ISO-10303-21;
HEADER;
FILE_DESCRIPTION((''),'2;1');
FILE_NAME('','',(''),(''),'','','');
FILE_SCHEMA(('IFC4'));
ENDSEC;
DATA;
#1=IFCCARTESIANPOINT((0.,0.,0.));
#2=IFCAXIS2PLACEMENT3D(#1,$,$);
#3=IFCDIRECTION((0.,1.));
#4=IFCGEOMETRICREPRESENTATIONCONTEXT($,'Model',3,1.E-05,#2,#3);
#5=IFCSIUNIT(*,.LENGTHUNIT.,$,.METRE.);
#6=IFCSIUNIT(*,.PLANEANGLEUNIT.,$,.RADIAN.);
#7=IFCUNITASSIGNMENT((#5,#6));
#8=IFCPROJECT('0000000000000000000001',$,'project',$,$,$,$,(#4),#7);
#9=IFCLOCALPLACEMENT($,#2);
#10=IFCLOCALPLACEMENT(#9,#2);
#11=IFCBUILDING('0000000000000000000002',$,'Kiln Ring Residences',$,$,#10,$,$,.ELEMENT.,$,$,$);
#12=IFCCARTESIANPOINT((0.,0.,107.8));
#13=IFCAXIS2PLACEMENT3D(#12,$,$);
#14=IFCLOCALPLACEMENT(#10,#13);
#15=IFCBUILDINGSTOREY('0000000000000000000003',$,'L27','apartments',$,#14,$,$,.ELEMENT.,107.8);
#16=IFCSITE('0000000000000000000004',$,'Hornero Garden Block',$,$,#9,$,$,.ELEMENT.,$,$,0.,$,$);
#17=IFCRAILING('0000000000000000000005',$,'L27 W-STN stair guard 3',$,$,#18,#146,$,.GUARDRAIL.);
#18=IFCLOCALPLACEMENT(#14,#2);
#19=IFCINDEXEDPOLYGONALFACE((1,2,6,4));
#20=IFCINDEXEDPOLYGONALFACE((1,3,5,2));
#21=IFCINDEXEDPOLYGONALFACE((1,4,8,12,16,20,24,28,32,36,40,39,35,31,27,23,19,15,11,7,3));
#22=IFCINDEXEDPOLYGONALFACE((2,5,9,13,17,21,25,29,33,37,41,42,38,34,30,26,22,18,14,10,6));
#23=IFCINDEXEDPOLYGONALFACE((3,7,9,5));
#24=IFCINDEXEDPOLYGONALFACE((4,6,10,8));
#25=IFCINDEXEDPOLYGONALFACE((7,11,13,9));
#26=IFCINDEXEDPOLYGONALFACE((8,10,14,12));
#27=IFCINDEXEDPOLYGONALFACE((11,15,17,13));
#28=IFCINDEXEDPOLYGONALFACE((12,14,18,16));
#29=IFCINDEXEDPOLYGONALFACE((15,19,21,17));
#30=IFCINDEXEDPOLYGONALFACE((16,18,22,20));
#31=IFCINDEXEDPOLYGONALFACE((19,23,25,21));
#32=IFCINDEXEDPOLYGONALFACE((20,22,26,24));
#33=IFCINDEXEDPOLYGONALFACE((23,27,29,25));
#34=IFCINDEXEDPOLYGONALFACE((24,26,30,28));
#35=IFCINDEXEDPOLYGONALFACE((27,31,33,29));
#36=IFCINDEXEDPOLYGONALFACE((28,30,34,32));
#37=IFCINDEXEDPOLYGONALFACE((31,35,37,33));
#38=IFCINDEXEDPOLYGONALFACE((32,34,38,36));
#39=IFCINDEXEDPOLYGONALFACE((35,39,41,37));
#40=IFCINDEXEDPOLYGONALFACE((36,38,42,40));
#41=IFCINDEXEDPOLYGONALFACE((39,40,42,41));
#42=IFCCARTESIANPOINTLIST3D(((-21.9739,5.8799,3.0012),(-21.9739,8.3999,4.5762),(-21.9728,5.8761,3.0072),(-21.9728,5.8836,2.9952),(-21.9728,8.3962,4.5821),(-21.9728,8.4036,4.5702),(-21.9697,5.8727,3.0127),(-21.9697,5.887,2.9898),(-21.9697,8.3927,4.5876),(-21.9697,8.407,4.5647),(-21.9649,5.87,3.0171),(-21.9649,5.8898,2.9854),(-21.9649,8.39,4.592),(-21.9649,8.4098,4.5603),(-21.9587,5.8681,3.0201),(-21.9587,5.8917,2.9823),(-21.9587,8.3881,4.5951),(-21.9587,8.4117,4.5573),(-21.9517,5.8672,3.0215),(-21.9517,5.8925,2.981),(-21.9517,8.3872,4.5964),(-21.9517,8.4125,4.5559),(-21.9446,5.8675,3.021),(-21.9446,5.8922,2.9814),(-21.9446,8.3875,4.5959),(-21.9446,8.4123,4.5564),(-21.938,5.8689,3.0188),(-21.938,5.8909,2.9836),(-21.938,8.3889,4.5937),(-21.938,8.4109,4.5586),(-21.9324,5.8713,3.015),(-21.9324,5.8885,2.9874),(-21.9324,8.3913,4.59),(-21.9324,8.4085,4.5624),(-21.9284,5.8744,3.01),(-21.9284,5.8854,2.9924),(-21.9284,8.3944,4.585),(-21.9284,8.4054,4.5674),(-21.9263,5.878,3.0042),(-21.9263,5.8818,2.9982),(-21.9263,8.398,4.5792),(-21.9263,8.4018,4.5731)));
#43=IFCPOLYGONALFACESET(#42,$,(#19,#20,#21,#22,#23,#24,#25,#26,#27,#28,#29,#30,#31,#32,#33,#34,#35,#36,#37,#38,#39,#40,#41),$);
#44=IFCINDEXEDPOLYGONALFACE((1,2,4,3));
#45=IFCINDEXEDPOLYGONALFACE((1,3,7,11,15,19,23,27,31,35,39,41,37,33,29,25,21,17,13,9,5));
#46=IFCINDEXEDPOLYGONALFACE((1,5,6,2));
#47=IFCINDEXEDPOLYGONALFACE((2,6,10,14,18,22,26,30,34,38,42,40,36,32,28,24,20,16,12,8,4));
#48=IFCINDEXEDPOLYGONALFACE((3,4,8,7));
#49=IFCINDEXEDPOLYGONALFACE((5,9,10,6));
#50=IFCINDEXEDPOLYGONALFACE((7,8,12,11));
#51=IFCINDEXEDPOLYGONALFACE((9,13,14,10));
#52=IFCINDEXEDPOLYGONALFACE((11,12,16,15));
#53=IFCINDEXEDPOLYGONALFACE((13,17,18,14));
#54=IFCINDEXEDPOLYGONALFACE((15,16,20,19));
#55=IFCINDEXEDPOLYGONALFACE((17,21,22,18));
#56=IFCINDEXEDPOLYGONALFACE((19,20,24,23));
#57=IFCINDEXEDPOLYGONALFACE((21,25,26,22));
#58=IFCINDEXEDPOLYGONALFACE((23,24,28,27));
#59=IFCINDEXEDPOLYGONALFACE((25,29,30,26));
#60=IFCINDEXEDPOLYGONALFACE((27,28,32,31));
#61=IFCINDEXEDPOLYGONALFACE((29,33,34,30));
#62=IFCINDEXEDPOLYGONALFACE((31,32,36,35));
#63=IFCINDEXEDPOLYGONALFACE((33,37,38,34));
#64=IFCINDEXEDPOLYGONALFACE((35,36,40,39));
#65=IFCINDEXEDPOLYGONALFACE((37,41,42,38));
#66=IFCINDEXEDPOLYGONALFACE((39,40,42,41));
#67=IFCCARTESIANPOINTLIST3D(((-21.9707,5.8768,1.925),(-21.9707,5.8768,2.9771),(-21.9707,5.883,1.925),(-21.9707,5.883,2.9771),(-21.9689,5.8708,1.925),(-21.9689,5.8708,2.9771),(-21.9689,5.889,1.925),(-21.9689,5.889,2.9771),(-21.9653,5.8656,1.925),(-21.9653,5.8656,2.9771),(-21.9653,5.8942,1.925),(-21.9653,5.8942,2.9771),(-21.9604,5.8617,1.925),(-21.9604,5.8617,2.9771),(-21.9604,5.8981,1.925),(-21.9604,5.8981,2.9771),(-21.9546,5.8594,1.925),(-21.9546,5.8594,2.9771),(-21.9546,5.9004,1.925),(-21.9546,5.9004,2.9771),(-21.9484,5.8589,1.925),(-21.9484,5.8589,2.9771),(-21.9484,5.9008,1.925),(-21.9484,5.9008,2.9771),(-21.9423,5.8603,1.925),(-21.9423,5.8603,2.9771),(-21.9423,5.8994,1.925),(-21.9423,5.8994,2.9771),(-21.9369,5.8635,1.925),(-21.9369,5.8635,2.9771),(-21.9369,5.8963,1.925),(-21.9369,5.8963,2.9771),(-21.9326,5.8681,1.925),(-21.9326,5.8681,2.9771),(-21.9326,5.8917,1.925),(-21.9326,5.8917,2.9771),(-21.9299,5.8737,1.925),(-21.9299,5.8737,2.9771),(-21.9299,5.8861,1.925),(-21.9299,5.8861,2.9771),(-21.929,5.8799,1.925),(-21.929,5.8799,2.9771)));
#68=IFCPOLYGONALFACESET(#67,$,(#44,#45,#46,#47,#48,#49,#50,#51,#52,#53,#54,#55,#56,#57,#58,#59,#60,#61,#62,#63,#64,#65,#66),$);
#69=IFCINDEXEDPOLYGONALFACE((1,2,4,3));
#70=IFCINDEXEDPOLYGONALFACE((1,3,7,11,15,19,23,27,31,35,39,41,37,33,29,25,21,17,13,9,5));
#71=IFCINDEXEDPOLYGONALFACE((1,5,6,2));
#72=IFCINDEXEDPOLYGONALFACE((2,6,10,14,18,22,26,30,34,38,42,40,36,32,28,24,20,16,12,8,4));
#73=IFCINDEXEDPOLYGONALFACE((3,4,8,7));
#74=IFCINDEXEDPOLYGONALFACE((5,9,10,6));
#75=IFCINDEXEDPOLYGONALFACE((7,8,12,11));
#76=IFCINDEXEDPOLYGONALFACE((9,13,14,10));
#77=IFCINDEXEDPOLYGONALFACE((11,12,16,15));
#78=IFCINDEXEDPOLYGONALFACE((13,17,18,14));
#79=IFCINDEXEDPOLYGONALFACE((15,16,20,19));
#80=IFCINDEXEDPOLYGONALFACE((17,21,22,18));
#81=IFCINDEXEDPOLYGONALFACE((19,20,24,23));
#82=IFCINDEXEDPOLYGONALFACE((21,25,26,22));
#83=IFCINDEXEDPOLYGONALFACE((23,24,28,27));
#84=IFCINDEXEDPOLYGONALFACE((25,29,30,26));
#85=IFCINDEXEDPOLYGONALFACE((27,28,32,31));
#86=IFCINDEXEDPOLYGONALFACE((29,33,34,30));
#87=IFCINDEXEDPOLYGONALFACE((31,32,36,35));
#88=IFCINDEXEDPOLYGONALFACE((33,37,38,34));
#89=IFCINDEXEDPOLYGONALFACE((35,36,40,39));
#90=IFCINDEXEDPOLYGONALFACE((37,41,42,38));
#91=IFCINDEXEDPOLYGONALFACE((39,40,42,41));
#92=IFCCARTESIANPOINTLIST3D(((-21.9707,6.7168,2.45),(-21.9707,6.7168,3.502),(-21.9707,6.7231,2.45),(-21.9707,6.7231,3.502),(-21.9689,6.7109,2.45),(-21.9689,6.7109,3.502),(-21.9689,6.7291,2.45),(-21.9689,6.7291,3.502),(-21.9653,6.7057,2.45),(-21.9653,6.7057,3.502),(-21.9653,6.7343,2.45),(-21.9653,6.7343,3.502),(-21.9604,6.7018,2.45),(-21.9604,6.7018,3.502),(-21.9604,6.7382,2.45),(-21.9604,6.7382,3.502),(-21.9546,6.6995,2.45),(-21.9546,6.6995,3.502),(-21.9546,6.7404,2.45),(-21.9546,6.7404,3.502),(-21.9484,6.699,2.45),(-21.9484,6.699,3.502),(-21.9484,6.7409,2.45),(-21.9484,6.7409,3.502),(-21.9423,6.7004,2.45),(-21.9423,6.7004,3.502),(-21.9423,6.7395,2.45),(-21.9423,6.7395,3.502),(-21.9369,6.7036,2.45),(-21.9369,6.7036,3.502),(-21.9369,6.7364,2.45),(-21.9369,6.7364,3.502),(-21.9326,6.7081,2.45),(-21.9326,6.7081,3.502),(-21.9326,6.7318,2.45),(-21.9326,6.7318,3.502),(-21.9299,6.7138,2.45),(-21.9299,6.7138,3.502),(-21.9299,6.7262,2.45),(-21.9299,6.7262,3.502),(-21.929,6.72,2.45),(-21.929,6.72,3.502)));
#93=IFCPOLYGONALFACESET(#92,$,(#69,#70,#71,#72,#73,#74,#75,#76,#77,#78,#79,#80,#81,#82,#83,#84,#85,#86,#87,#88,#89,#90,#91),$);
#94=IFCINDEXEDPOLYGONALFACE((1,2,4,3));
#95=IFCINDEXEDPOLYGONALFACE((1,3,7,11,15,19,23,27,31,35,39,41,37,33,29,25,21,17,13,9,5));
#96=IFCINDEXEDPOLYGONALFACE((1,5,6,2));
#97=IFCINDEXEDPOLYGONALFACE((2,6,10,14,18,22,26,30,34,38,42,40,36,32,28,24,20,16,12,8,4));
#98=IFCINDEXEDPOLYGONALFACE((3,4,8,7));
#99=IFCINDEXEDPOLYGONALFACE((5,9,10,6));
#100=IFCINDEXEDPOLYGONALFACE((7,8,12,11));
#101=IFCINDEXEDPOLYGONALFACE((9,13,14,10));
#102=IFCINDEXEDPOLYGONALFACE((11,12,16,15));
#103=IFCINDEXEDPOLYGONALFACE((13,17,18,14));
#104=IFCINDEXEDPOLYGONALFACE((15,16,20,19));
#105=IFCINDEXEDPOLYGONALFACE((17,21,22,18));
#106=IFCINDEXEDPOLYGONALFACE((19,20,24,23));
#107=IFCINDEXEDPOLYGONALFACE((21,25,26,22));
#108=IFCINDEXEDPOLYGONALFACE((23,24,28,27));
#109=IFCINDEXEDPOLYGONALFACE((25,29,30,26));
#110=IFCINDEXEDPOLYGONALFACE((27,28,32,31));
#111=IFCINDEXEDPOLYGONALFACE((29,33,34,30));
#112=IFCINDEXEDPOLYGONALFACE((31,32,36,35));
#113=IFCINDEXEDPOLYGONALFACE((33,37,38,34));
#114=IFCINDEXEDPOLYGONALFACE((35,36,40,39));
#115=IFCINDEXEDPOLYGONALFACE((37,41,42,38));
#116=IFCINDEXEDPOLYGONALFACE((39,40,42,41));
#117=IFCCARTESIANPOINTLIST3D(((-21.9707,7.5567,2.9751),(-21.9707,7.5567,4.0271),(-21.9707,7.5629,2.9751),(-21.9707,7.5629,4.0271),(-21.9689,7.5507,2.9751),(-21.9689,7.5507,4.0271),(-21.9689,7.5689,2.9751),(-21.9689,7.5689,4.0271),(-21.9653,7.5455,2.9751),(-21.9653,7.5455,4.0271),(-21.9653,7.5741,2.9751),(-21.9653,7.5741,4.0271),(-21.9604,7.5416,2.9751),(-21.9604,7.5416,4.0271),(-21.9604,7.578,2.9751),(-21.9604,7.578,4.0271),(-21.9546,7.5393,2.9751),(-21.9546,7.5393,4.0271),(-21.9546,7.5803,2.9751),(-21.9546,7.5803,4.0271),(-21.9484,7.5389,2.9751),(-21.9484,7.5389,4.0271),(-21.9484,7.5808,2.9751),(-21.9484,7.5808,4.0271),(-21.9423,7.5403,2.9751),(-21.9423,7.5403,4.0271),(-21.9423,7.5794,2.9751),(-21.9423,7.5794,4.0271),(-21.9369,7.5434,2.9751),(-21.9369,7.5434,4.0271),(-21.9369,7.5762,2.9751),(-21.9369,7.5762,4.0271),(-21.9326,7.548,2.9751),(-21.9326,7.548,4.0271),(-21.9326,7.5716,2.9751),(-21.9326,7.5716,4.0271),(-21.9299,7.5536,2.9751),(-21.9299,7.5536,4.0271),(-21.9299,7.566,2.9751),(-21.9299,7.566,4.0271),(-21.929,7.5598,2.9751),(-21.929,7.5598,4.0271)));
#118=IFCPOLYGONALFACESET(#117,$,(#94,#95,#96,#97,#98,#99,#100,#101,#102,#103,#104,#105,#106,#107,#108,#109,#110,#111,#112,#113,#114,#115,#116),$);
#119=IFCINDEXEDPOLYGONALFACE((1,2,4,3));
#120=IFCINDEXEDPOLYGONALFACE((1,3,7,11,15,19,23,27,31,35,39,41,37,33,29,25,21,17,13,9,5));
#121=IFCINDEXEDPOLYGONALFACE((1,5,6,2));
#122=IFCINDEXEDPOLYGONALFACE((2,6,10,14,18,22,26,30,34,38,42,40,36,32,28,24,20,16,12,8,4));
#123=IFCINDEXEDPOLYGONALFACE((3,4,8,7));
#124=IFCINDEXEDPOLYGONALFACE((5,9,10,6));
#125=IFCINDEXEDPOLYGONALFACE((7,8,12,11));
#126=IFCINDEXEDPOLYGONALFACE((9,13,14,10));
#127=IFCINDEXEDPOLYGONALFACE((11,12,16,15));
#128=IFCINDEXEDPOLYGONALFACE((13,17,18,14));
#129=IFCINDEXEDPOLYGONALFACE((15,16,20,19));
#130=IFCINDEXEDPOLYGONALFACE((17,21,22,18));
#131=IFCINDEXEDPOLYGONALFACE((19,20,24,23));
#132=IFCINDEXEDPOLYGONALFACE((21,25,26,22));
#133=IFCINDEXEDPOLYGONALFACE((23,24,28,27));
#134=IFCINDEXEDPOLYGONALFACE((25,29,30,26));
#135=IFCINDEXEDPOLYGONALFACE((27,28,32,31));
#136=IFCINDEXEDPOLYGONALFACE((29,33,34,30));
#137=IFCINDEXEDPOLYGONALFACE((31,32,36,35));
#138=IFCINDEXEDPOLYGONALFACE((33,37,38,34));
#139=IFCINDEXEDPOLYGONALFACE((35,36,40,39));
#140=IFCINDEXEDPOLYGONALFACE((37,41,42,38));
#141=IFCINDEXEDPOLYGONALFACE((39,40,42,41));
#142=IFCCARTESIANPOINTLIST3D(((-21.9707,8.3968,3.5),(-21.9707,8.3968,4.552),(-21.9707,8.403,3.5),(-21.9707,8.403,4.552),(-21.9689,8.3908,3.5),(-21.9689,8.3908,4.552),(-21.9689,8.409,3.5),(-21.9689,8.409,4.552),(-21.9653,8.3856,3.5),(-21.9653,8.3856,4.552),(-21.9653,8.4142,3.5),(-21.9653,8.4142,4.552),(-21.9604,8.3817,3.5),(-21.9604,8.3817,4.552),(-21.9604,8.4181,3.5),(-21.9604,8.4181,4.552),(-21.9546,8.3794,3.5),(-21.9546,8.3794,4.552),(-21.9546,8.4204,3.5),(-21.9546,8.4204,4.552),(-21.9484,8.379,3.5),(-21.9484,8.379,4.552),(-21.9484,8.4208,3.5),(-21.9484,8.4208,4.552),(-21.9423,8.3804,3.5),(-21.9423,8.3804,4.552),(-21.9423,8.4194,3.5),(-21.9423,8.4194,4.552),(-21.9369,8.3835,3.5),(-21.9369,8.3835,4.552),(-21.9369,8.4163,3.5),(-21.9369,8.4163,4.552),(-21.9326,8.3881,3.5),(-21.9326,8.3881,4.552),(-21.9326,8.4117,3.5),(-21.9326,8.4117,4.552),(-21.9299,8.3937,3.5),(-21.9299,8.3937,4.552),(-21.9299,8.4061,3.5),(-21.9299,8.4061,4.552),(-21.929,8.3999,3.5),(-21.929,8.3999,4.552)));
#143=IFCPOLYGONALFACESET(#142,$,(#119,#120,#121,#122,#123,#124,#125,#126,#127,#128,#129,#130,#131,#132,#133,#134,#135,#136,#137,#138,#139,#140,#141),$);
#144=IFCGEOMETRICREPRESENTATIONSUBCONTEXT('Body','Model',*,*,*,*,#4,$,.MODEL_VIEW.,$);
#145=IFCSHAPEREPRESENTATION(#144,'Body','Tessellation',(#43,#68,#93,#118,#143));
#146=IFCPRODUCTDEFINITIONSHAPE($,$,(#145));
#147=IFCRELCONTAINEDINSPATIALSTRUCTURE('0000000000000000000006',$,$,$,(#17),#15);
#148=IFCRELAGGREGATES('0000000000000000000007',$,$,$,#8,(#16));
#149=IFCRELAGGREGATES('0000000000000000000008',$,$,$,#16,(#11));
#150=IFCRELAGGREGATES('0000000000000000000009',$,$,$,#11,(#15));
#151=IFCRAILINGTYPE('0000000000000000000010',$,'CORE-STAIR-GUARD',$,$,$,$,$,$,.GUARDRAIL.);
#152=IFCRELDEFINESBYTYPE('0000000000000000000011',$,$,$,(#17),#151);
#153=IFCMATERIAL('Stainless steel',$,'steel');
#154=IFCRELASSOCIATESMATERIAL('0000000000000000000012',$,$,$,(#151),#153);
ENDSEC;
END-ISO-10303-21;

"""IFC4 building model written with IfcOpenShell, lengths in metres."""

from ifc_helpers import new_model, si_unit, direction, frame, origin, origin_2d, place, context, subcontext, project, spatial, circle, extrude, material, type_object, element, save


model = new_model("IFC4")

# Units and contexts
model_context = context("Model", 3, precision=1e-05, world=origin(), true_north=direction((0.0, 1.0)))
body_context = subcontext(model_context, "Body", "Model", "MODEL_VIEW")
ifc_project = project(units=[si_unit("LENGTHUNIT", "METRE"), si_unit("PLANEANGLEUNIT", "RADIAN")], contexts=[model_context])

# Site, building, storey
site_placement = place(None, origin())
site = spatial("IfcSite", under=ifc_project, at=site_placement, Name="Hornero Garden Block", CompositionType="ELEMENT", RefElevation=0.0)
building_placement = place(site_placement, origin())
building = spatial("IfcBuilding", under=site, at=building_placement, Name="Kiln Ring Residences", CompositionType="ELEMENT")
storey_placement = place(building_placement, frame((0.0, 0.0, 107.8)))
storey = spatial("IfcBuildingStorey", under=building, at=storey_placement, Name="L27", Description="apartments", CompositionType="ELEMENT", Elevation=107.8)

# Railing
ifc_material_1 = material(Name="Stainless steel", Category="steel")
railing_type_1 = type_object("IfcRailingType", Name="CORE-STAIR-GUARD", PredefinedType="GUARDRAIL", material=ifc_material_1)
railing_1_placement = place(storey_placement, frame((-21.95, 5.8799, 1.925)))
element("IfcRailing", 1, at=railing_1_placement, inside=storey, type_object=railing_type_1, Name="L27 W-STN stair guard 3", PredefinedType="GUARDRAIL", context=body_context, shape_type="SweptSolid", body=[
    extrude(circle(Radius=0.0239, at=origin_2d()), frame((0.0, 0.0, 1.0762), z_axis=(0.0, 0.848008, 0.529984), x_axis=(-1.0, 0.0, 0.0)), (0.0, 0.0, 1.0), 2.9717),
    extrude(circle(Radius=0.021, at=origin_2d()), origin(), (0.0, 0.0, 1.0), 1.052),
    extrude(circle(Radius=0.021, at=origin_2d()), frame((0.0, 0.8401, 0.5249)), (0.0, 0.0, 1.0), 1.052),
    extrude(circle(Radius=0.021, at=origin_2d()), frame((0.0, 1.6799, 1.05)), (0.0, 0.0, 1.0), 1.052),
    extrude(circle(Radius=0.021, at=origin_2d()), frame((0.0, 2.52, 1.575)), (0.0, 0.0, 1.0), 1.052),
])

save(model, "model.ifc")
